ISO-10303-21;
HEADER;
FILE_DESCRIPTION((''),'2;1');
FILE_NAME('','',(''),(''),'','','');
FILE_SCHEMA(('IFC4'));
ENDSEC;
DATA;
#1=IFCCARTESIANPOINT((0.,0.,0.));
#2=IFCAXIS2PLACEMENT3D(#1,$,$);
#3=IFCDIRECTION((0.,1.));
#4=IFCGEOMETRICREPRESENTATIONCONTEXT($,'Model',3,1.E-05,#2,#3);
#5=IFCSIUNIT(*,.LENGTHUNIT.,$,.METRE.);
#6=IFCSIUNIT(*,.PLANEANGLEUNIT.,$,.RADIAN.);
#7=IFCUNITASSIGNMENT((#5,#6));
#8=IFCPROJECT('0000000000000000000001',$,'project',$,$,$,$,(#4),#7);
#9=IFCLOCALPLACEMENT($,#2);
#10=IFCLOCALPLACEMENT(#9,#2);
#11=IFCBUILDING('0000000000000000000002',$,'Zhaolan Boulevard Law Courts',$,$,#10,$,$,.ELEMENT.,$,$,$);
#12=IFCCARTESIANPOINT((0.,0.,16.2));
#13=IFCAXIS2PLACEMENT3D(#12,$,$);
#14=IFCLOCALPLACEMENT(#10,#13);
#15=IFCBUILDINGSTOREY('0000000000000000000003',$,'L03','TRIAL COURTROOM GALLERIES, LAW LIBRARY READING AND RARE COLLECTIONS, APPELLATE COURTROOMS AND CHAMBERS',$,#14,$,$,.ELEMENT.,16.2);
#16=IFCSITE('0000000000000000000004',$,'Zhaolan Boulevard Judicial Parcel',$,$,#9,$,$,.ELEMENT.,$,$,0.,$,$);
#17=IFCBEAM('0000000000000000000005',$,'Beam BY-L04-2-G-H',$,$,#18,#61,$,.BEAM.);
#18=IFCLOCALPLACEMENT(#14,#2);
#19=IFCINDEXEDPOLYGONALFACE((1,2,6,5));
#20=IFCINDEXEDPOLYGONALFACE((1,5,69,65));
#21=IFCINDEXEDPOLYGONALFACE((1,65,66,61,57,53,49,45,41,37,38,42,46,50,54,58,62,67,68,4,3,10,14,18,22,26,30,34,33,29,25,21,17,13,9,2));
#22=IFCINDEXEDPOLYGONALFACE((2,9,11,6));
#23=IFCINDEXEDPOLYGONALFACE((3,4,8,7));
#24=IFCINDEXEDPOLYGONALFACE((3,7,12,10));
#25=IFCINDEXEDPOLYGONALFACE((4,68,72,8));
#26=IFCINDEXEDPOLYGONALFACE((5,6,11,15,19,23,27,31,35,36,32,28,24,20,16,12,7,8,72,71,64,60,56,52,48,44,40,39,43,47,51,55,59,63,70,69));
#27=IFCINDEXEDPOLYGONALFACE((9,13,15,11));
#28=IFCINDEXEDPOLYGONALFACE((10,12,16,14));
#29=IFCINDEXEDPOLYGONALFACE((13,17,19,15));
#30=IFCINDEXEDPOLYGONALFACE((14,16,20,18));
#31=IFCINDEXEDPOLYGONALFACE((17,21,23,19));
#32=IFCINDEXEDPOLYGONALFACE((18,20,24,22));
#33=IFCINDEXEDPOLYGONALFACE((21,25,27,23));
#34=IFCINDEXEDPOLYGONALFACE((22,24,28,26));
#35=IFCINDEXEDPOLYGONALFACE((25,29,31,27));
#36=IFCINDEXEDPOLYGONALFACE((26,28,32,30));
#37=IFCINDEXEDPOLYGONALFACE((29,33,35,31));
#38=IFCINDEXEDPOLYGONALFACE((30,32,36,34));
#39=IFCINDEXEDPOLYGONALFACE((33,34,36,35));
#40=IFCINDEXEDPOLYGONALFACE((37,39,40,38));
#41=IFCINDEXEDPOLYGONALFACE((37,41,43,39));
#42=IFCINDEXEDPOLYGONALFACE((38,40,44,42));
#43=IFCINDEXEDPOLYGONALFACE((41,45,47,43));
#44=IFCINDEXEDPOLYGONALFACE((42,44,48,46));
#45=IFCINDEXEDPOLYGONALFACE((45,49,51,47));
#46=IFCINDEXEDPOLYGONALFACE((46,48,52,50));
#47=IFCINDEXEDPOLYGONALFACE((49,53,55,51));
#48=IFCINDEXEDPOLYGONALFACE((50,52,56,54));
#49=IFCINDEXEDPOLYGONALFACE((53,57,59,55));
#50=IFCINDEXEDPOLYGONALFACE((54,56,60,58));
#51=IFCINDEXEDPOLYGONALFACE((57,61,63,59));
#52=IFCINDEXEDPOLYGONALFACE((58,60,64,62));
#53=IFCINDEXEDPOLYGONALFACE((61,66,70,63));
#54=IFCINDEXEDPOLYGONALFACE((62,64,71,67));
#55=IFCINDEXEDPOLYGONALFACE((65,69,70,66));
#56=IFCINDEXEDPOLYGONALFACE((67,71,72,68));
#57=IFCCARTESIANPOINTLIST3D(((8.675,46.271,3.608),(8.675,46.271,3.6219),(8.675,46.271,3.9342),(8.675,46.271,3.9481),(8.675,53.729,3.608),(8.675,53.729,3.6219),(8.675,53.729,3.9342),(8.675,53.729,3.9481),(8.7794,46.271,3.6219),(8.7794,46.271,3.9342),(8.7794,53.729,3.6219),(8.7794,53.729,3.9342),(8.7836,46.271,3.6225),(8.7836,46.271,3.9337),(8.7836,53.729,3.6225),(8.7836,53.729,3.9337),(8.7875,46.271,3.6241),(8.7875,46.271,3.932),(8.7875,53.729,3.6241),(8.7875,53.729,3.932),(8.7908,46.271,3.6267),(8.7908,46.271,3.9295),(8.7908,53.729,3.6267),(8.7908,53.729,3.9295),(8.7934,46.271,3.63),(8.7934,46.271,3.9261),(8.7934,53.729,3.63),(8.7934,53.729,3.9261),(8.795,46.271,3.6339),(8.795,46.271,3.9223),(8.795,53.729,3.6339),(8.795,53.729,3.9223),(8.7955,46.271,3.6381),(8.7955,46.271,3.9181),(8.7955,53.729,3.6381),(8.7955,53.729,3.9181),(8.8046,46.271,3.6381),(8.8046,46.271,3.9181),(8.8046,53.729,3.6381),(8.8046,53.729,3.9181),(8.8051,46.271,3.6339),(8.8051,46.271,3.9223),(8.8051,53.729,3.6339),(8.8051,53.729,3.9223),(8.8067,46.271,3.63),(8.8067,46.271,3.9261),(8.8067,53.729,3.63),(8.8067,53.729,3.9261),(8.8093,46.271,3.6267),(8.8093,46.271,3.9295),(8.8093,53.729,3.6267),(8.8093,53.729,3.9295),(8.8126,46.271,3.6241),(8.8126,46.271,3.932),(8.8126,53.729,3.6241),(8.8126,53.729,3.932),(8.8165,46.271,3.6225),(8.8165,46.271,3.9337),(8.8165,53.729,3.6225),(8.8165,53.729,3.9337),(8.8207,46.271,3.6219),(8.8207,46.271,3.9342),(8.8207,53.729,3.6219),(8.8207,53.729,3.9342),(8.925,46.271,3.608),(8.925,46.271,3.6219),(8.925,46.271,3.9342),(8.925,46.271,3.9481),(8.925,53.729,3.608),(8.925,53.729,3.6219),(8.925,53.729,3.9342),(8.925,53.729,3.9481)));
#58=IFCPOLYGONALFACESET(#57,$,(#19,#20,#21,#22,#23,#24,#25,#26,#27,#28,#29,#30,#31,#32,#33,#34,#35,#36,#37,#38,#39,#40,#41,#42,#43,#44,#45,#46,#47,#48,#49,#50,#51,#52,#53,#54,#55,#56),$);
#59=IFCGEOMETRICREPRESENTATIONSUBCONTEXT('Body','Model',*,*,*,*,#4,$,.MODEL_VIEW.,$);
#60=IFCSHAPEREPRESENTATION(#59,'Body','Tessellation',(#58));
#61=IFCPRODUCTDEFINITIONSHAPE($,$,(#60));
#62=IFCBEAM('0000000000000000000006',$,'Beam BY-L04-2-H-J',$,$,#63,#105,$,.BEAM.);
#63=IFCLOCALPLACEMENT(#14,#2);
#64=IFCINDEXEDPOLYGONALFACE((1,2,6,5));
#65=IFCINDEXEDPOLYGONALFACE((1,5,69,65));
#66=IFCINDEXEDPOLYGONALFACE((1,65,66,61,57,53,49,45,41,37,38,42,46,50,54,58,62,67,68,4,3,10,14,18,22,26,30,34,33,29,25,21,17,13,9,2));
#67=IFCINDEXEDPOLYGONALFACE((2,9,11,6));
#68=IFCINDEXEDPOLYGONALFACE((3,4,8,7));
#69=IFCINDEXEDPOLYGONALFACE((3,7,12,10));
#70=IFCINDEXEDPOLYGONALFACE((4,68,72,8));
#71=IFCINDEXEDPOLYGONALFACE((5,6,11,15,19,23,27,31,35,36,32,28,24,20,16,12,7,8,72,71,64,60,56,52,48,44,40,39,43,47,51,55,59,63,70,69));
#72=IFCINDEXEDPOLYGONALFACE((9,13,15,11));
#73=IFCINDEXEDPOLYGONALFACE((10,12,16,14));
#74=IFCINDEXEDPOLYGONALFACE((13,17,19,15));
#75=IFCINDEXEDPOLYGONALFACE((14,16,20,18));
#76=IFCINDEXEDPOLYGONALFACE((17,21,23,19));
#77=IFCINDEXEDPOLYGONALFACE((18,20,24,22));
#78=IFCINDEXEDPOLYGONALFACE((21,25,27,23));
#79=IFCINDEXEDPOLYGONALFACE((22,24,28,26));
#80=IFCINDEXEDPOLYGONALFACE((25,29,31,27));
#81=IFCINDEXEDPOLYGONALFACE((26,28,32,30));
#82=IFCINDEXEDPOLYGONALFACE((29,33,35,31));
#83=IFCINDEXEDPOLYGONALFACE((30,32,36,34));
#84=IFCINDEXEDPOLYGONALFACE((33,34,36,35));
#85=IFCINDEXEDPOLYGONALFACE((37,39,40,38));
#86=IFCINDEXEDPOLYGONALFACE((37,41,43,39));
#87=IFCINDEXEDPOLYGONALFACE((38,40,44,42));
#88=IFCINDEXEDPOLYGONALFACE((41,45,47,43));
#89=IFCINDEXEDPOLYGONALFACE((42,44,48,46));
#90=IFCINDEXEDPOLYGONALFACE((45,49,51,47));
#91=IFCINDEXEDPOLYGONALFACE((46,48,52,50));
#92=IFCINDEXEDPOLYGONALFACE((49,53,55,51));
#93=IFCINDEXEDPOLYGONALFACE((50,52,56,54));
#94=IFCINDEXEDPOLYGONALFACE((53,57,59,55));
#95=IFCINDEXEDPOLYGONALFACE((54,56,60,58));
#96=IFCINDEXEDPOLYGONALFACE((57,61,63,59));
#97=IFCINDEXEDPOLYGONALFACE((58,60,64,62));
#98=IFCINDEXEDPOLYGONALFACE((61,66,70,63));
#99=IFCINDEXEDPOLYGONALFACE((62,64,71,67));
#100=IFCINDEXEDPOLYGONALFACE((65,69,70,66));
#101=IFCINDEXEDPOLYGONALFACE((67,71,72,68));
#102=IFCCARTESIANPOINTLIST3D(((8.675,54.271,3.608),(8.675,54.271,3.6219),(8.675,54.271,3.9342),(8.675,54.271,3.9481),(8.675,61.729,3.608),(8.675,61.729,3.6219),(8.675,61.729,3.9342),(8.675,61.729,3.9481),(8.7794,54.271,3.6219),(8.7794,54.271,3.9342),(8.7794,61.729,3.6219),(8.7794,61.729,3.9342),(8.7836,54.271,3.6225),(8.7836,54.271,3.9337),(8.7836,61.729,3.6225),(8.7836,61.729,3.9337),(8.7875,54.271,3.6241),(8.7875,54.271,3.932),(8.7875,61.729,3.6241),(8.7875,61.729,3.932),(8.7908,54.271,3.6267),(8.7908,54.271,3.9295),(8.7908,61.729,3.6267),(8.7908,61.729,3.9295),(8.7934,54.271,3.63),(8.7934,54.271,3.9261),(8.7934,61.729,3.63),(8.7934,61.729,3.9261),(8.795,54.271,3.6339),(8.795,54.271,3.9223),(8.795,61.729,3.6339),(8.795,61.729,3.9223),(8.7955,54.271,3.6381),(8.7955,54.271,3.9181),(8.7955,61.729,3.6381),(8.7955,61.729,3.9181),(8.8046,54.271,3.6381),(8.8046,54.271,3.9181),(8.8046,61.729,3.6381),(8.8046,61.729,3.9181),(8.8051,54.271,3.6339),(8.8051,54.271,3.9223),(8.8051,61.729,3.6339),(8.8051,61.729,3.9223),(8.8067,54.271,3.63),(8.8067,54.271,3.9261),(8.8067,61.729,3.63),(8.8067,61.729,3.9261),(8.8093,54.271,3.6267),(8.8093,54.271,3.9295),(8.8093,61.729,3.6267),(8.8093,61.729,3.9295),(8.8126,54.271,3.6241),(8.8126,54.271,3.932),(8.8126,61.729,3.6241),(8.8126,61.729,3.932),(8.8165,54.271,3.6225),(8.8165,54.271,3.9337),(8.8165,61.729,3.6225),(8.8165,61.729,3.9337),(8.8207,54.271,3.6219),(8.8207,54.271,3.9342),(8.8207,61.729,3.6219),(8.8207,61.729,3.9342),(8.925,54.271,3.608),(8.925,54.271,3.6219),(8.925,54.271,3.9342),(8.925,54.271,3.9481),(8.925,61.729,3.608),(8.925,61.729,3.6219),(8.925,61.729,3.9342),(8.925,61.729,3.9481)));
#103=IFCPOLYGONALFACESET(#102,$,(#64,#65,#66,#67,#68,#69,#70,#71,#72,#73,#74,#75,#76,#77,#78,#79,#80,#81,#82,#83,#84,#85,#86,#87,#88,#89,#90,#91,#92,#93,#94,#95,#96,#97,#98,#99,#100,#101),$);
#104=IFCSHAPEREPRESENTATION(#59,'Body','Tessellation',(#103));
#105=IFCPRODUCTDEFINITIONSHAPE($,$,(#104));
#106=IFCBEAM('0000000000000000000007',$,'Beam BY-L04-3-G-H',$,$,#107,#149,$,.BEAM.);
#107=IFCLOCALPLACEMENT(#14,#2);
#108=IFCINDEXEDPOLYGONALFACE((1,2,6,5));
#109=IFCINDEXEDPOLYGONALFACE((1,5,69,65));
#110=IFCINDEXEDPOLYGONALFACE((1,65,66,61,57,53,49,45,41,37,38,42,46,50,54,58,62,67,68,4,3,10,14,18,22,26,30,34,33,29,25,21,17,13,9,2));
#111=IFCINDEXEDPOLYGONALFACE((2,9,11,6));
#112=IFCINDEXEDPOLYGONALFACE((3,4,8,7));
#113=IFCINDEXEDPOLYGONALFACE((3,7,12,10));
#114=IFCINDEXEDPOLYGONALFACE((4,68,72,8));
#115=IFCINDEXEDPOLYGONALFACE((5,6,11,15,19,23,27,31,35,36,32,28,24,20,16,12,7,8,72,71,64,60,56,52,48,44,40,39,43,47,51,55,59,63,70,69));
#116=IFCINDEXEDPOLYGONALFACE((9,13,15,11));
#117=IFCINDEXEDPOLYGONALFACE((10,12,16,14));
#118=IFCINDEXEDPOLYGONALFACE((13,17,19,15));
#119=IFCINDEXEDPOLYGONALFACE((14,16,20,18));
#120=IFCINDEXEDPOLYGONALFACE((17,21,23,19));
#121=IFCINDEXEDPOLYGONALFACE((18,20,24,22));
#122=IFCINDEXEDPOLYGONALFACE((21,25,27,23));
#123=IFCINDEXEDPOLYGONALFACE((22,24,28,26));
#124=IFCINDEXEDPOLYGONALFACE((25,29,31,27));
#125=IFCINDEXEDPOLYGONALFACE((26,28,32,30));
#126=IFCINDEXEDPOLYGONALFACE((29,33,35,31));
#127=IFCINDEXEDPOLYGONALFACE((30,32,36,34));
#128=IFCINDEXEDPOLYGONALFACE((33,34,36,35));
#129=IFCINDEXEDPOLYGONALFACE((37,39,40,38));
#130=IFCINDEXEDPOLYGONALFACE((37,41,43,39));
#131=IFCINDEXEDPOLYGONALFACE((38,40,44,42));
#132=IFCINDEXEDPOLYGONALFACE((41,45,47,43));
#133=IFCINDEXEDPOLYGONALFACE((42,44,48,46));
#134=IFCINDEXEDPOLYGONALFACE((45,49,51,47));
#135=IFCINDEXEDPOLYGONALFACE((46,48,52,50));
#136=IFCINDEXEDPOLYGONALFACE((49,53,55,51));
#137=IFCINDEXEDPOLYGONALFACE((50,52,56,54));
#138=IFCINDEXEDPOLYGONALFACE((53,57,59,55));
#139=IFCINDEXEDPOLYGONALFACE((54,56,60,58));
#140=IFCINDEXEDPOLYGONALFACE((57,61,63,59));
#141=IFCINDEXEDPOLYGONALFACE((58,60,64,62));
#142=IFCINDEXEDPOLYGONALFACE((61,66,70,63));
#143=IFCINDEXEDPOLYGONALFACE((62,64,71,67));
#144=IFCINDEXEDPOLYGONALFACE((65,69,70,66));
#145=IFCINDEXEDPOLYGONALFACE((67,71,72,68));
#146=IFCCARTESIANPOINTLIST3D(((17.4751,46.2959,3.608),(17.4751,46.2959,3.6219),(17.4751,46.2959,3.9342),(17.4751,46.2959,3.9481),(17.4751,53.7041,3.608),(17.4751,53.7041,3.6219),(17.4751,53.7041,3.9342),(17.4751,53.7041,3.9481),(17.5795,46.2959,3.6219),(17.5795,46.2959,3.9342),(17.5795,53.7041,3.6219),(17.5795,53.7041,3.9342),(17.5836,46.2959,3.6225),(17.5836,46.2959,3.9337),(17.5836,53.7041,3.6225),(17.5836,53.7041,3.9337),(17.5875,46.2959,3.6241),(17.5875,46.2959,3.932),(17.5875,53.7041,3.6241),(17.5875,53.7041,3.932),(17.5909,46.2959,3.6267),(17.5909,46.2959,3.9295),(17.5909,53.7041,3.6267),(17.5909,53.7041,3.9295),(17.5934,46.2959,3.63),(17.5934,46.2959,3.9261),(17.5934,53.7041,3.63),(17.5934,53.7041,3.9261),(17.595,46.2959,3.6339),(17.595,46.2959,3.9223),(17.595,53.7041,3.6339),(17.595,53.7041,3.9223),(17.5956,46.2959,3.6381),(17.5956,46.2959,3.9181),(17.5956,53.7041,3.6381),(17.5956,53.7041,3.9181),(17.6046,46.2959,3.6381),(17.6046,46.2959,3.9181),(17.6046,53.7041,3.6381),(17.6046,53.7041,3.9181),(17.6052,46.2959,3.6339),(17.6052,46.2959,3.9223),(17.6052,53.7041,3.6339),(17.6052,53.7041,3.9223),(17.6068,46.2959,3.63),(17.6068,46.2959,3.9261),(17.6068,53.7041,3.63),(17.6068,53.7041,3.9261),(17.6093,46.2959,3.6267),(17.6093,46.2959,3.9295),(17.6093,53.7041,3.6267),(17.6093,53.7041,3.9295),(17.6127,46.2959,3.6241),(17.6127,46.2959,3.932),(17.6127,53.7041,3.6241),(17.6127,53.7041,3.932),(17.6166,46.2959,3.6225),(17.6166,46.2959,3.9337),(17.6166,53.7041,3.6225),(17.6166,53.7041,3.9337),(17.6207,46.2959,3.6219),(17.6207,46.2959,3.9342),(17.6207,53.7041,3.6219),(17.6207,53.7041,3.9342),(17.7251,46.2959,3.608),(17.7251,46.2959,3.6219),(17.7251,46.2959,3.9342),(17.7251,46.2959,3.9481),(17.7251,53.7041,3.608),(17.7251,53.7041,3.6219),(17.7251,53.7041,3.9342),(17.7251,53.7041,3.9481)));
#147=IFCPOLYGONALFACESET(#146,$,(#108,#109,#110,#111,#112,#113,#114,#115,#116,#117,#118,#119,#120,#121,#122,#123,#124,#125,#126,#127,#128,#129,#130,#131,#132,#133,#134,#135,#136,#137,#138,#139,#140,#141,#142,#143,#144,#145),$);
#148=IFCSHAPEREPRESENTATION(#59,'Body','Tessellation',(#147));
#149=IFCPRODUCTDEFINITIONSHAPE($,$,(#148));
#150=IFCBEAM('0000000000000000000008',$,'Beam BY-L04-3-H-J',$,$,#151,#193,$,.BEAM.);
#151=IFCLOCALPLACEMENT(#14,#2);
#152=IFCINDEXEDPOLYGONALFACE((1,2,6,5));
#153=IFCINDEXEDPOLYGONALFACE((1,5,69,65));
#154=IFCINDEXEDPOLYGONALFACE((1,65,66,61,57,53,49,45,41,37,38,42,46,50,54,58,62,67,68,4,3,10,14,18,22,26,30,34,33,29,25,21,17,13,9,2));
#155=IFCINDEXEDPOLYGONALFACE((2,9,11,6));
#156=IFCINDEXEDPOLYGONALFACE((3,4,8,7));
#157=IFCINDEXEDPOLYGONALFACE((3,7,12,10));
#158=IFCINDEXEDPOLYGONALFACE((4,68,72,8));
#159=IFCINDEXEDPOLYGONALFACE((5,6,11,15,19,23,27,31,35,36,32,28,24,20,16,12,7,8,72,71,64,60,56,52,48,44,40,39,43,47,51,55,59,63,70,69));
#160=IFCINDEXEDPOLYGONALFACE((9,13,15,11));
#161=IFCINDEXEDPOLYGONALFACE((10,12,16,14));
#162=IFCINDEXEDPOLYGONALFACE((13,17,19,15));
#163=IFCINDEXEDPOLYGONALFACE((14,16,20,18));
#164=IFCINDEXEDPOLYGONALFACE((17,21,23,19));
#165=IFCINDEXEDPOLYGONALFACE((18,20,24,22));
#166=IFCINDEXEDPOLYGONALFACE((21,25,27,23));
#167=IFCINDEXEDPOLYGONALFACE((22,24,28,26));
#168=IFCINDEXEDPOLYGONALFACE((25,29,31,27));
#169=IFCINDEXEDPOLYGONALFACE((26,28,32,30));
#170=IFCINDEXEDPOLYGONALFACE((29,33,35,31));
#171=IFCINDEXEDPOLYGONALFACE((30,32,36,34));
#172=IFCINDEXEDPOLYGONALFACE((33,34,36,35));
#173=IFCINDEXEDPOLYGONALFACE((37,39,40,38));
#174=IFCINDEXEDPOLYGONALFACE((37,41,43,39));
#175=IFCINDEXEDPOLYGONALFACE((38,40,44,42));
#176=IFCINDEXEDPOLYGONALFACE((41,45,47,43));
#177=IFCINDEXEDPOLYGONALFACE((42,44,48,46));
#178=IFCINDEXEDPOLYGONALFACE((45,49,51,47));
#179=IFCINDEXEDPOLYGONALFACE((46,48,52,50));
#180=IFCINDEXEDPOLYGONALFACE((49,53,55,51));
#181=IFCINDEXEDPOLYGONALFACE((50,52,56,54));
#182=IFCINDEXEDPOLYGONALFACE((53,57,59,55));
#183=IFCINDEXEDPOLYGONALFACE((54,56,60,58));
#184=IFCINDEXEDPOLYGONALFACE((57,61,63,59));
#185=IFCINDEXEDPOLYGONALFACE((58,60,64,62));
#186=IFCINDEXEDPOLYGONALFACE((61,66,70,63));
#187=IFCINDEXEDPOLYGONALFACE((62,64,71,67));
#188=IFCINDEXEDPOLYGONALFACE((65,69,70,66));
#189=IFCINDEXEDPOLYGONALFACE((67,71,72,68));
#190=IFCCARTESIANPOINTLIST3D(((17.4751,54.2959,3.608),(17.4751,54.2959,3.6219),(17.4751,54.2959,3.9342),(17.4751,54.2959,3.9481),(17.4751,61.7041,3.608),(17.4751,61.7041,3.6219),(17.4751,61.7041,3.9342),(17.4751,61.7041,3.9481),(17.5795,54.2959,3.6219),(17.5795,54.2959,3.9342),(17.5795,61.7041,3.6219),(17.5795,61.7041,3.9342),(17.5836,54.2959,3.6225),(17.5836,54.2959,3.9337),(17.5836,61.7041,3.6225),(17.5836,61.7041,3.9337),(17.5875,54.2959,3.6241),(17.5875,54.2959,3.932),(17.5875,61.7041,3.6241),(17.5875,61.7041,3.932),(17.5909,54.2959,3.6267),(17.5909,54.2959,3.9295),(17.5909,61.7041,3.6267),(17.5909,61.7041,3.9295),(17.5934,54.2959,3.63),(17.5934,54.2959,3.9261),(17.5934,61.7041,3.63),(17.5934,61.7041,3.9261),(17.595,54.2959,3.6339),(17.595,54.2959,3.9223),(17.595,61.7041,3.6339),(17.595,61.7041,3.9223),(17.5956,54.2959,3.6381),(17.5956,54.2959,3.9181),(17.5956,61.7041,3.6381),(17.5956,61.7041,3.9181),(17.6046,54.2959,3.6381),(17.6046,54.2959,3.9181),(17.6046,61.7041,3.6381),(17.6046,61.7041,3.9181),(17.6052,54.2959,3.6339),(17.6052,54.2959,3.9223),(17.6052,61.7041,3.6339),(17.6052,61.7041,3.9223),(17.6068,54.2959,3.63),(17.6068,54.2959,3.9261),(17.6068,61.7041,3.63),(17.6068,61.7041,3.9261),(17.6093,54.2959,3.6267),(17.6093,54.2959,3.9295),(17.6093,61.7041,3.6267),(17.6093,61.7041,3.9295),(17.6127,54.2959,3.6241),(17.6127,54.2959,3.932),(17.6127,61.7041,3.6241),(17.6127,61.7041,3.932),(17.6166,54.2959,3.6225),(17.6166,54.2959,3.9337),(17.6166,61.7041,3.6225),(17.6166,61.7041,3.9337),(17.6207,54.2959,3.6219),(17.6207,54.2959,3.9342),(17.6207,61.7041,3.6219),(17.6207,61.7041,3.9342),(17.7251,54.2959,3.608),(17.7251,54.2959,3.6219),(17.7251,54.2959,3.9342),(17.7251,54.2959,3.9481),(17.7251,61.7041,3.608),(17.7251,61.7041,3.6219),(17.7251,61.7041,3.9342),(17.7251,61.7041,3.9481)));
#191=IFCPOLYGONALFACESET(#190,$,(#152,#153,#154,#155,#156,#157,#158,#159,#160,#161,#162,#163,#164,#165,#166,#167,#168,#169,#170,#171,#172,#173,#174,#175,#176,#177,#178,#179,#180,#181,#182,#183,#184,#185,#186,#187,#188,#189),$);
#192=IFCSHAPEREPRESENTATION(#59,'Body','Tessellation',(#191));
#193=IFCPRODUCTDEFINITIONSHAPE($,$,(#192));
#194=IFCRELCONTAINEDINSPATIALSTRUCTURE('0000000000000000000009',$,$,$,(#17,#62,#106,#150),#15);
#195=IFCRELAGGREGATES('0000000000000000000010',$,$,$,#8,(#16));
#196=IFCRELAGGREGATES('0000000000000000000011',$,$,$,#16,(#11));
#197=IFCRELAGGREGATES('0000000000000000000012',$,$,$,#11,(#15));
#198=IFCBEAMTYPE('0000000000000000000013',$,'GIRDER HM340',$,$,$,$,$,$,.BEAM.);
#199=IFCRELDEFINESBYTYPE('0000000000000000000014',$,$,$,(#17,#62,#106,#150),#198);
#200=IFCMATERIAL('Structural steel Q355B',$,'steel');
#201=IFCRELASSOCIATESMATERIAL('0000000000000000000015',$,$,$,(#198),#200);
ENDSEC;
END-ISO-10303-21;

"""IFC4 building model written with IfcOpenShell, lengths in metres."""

from ifc_helpers import new_model, si_unit, direction, frame, origin, origin_2d, place, context, subcontext, project, spatial, i_section, extrude, material, material_profile, profile_set, type_object, element, save


model = new_model("IFC4")

# Units and contexts
model_context = context("Model", 3, precision=1e-05, world=origin(), true_north=direction((0.0, 1.0)))
body_context = subcontext(model_context, "Body", "Model", "MODEL_VIEW")
ifc_project = project(units=[si_unit("LENGTHUNIT", "METRE"), si_unit("PLANEANGLEUNIT", "RADIAN")], contexts=[model_context])

# Site, building, storey
site_placement = place(None, origin())
site = spatial("IfcSite", under=ifc_project, at=site_placement, Name="Zhaolan Boulevard Judicial Parcel", CompositionType="ELEMENT", RefElevation=0.0)
building_placement = place(site_placement, origin())
building = spatial("IfcBuilding", under=site, at=building_placement, Name="Zhaolan Boulevard Law Courts", CompositionType="ELEMENT")
storey_placement = place(building_placement, frame((0.0, 0.0, 16.2)))
storey = spatial("IfcBuildingStorey", under=building, at=storey_placement, Name="L03", Description="TRIAL COURTROOM GALLERIES, LAW LIBRARY READING AND RARE COLLECTIONS, APPELLATE COURTROOMS AND CHAMBERS", CompositionType="ELEMENT", Elevation=16.2)

# Beams
ifc_material_1 = material(Name="Structural steel Q355B", Category="steel")
ifc_material_profile_1 = material_profile(ifc_material_1, i_section(OverallWidth=0.25, OverallDepth=0.3401, WebThickness=0.009, FlangeThickness=0.0139, FilletRadius=0.0161, at=origin_2d()), Name="HM340x250")
ifc_profile_set_1 = profile_set([ifc_material_profile_1], Name="Structural steel Q355B")
beam_type_1 = type_object("IfcBeamType", Name="GIRDER HM340", PredefinedType="BEAM", material=ifc_profile_set_1)
for number, where, z_axis, x_axis, name in (
    (1, (8.8, 46.271, 3.7781), (0.0, 1.0, 0.0), (-1.0, 0.0, 0.0), "Beam BY-L04-2-G-H"),
    (2, (8.8, 54.271, 3.7781), (0.0, 1.0, 0.0), (-1.0, 0.0, 0.0), "Beam BY-L04-2-H-J"),
):
    element("IfcBeam", number, at=place(storey_placement, frame(where, z_axis=z_axis, x_axis=x_axis)), inside=storey, type_object=beam_type_1, Name=name, PredefinedType="BEAM", context=body_context, shape_type="SweptSolid", body=[
        extrude(i_section(OverallWidth=0.25, OverallDepth=0.3401, WebThickness=0.009, FlangeThickness=0.0139, FilletRadius=0.0161, at=origin_2d()), origin(), (0.0, 0.0, 1.0), 7.458),
    ])
for number, where, z_axis, x_axis, name in (
    (3, (17.6001, 46.2959, 3.7781), (0.0, 1.0, 0.0), (-1.0, 0.0, 0.0), "Beam BY-L04-3-G-H"),
    (4, (17.6001, 54.2959, 3.7781), (0.0, 1.0, 0.0), (-1.0, 0.0, 0.0), "Beam BY-L04-3-H-J"),
):
    element("IfcBeam", number, at=place(storey_placement, frame(where, z_axis=z_axis, x_axis=x_axis)), inside=storey, type_object=beam_type_1, Name=name, PredefinedType="BEAM", context=body_context, shape_type="SweptSolid", body=[
        extrude(i_section(OverallWidth=0.25, OverallDepth=0.3401, WebThickness=0.009, FlangeThickness=0.0139, FilletRadius=0.0161, at=origin_2d()), origin(), (0.0, 0.0, 1.0), 7.4082),
    ])

save(model, "model.ifc")
